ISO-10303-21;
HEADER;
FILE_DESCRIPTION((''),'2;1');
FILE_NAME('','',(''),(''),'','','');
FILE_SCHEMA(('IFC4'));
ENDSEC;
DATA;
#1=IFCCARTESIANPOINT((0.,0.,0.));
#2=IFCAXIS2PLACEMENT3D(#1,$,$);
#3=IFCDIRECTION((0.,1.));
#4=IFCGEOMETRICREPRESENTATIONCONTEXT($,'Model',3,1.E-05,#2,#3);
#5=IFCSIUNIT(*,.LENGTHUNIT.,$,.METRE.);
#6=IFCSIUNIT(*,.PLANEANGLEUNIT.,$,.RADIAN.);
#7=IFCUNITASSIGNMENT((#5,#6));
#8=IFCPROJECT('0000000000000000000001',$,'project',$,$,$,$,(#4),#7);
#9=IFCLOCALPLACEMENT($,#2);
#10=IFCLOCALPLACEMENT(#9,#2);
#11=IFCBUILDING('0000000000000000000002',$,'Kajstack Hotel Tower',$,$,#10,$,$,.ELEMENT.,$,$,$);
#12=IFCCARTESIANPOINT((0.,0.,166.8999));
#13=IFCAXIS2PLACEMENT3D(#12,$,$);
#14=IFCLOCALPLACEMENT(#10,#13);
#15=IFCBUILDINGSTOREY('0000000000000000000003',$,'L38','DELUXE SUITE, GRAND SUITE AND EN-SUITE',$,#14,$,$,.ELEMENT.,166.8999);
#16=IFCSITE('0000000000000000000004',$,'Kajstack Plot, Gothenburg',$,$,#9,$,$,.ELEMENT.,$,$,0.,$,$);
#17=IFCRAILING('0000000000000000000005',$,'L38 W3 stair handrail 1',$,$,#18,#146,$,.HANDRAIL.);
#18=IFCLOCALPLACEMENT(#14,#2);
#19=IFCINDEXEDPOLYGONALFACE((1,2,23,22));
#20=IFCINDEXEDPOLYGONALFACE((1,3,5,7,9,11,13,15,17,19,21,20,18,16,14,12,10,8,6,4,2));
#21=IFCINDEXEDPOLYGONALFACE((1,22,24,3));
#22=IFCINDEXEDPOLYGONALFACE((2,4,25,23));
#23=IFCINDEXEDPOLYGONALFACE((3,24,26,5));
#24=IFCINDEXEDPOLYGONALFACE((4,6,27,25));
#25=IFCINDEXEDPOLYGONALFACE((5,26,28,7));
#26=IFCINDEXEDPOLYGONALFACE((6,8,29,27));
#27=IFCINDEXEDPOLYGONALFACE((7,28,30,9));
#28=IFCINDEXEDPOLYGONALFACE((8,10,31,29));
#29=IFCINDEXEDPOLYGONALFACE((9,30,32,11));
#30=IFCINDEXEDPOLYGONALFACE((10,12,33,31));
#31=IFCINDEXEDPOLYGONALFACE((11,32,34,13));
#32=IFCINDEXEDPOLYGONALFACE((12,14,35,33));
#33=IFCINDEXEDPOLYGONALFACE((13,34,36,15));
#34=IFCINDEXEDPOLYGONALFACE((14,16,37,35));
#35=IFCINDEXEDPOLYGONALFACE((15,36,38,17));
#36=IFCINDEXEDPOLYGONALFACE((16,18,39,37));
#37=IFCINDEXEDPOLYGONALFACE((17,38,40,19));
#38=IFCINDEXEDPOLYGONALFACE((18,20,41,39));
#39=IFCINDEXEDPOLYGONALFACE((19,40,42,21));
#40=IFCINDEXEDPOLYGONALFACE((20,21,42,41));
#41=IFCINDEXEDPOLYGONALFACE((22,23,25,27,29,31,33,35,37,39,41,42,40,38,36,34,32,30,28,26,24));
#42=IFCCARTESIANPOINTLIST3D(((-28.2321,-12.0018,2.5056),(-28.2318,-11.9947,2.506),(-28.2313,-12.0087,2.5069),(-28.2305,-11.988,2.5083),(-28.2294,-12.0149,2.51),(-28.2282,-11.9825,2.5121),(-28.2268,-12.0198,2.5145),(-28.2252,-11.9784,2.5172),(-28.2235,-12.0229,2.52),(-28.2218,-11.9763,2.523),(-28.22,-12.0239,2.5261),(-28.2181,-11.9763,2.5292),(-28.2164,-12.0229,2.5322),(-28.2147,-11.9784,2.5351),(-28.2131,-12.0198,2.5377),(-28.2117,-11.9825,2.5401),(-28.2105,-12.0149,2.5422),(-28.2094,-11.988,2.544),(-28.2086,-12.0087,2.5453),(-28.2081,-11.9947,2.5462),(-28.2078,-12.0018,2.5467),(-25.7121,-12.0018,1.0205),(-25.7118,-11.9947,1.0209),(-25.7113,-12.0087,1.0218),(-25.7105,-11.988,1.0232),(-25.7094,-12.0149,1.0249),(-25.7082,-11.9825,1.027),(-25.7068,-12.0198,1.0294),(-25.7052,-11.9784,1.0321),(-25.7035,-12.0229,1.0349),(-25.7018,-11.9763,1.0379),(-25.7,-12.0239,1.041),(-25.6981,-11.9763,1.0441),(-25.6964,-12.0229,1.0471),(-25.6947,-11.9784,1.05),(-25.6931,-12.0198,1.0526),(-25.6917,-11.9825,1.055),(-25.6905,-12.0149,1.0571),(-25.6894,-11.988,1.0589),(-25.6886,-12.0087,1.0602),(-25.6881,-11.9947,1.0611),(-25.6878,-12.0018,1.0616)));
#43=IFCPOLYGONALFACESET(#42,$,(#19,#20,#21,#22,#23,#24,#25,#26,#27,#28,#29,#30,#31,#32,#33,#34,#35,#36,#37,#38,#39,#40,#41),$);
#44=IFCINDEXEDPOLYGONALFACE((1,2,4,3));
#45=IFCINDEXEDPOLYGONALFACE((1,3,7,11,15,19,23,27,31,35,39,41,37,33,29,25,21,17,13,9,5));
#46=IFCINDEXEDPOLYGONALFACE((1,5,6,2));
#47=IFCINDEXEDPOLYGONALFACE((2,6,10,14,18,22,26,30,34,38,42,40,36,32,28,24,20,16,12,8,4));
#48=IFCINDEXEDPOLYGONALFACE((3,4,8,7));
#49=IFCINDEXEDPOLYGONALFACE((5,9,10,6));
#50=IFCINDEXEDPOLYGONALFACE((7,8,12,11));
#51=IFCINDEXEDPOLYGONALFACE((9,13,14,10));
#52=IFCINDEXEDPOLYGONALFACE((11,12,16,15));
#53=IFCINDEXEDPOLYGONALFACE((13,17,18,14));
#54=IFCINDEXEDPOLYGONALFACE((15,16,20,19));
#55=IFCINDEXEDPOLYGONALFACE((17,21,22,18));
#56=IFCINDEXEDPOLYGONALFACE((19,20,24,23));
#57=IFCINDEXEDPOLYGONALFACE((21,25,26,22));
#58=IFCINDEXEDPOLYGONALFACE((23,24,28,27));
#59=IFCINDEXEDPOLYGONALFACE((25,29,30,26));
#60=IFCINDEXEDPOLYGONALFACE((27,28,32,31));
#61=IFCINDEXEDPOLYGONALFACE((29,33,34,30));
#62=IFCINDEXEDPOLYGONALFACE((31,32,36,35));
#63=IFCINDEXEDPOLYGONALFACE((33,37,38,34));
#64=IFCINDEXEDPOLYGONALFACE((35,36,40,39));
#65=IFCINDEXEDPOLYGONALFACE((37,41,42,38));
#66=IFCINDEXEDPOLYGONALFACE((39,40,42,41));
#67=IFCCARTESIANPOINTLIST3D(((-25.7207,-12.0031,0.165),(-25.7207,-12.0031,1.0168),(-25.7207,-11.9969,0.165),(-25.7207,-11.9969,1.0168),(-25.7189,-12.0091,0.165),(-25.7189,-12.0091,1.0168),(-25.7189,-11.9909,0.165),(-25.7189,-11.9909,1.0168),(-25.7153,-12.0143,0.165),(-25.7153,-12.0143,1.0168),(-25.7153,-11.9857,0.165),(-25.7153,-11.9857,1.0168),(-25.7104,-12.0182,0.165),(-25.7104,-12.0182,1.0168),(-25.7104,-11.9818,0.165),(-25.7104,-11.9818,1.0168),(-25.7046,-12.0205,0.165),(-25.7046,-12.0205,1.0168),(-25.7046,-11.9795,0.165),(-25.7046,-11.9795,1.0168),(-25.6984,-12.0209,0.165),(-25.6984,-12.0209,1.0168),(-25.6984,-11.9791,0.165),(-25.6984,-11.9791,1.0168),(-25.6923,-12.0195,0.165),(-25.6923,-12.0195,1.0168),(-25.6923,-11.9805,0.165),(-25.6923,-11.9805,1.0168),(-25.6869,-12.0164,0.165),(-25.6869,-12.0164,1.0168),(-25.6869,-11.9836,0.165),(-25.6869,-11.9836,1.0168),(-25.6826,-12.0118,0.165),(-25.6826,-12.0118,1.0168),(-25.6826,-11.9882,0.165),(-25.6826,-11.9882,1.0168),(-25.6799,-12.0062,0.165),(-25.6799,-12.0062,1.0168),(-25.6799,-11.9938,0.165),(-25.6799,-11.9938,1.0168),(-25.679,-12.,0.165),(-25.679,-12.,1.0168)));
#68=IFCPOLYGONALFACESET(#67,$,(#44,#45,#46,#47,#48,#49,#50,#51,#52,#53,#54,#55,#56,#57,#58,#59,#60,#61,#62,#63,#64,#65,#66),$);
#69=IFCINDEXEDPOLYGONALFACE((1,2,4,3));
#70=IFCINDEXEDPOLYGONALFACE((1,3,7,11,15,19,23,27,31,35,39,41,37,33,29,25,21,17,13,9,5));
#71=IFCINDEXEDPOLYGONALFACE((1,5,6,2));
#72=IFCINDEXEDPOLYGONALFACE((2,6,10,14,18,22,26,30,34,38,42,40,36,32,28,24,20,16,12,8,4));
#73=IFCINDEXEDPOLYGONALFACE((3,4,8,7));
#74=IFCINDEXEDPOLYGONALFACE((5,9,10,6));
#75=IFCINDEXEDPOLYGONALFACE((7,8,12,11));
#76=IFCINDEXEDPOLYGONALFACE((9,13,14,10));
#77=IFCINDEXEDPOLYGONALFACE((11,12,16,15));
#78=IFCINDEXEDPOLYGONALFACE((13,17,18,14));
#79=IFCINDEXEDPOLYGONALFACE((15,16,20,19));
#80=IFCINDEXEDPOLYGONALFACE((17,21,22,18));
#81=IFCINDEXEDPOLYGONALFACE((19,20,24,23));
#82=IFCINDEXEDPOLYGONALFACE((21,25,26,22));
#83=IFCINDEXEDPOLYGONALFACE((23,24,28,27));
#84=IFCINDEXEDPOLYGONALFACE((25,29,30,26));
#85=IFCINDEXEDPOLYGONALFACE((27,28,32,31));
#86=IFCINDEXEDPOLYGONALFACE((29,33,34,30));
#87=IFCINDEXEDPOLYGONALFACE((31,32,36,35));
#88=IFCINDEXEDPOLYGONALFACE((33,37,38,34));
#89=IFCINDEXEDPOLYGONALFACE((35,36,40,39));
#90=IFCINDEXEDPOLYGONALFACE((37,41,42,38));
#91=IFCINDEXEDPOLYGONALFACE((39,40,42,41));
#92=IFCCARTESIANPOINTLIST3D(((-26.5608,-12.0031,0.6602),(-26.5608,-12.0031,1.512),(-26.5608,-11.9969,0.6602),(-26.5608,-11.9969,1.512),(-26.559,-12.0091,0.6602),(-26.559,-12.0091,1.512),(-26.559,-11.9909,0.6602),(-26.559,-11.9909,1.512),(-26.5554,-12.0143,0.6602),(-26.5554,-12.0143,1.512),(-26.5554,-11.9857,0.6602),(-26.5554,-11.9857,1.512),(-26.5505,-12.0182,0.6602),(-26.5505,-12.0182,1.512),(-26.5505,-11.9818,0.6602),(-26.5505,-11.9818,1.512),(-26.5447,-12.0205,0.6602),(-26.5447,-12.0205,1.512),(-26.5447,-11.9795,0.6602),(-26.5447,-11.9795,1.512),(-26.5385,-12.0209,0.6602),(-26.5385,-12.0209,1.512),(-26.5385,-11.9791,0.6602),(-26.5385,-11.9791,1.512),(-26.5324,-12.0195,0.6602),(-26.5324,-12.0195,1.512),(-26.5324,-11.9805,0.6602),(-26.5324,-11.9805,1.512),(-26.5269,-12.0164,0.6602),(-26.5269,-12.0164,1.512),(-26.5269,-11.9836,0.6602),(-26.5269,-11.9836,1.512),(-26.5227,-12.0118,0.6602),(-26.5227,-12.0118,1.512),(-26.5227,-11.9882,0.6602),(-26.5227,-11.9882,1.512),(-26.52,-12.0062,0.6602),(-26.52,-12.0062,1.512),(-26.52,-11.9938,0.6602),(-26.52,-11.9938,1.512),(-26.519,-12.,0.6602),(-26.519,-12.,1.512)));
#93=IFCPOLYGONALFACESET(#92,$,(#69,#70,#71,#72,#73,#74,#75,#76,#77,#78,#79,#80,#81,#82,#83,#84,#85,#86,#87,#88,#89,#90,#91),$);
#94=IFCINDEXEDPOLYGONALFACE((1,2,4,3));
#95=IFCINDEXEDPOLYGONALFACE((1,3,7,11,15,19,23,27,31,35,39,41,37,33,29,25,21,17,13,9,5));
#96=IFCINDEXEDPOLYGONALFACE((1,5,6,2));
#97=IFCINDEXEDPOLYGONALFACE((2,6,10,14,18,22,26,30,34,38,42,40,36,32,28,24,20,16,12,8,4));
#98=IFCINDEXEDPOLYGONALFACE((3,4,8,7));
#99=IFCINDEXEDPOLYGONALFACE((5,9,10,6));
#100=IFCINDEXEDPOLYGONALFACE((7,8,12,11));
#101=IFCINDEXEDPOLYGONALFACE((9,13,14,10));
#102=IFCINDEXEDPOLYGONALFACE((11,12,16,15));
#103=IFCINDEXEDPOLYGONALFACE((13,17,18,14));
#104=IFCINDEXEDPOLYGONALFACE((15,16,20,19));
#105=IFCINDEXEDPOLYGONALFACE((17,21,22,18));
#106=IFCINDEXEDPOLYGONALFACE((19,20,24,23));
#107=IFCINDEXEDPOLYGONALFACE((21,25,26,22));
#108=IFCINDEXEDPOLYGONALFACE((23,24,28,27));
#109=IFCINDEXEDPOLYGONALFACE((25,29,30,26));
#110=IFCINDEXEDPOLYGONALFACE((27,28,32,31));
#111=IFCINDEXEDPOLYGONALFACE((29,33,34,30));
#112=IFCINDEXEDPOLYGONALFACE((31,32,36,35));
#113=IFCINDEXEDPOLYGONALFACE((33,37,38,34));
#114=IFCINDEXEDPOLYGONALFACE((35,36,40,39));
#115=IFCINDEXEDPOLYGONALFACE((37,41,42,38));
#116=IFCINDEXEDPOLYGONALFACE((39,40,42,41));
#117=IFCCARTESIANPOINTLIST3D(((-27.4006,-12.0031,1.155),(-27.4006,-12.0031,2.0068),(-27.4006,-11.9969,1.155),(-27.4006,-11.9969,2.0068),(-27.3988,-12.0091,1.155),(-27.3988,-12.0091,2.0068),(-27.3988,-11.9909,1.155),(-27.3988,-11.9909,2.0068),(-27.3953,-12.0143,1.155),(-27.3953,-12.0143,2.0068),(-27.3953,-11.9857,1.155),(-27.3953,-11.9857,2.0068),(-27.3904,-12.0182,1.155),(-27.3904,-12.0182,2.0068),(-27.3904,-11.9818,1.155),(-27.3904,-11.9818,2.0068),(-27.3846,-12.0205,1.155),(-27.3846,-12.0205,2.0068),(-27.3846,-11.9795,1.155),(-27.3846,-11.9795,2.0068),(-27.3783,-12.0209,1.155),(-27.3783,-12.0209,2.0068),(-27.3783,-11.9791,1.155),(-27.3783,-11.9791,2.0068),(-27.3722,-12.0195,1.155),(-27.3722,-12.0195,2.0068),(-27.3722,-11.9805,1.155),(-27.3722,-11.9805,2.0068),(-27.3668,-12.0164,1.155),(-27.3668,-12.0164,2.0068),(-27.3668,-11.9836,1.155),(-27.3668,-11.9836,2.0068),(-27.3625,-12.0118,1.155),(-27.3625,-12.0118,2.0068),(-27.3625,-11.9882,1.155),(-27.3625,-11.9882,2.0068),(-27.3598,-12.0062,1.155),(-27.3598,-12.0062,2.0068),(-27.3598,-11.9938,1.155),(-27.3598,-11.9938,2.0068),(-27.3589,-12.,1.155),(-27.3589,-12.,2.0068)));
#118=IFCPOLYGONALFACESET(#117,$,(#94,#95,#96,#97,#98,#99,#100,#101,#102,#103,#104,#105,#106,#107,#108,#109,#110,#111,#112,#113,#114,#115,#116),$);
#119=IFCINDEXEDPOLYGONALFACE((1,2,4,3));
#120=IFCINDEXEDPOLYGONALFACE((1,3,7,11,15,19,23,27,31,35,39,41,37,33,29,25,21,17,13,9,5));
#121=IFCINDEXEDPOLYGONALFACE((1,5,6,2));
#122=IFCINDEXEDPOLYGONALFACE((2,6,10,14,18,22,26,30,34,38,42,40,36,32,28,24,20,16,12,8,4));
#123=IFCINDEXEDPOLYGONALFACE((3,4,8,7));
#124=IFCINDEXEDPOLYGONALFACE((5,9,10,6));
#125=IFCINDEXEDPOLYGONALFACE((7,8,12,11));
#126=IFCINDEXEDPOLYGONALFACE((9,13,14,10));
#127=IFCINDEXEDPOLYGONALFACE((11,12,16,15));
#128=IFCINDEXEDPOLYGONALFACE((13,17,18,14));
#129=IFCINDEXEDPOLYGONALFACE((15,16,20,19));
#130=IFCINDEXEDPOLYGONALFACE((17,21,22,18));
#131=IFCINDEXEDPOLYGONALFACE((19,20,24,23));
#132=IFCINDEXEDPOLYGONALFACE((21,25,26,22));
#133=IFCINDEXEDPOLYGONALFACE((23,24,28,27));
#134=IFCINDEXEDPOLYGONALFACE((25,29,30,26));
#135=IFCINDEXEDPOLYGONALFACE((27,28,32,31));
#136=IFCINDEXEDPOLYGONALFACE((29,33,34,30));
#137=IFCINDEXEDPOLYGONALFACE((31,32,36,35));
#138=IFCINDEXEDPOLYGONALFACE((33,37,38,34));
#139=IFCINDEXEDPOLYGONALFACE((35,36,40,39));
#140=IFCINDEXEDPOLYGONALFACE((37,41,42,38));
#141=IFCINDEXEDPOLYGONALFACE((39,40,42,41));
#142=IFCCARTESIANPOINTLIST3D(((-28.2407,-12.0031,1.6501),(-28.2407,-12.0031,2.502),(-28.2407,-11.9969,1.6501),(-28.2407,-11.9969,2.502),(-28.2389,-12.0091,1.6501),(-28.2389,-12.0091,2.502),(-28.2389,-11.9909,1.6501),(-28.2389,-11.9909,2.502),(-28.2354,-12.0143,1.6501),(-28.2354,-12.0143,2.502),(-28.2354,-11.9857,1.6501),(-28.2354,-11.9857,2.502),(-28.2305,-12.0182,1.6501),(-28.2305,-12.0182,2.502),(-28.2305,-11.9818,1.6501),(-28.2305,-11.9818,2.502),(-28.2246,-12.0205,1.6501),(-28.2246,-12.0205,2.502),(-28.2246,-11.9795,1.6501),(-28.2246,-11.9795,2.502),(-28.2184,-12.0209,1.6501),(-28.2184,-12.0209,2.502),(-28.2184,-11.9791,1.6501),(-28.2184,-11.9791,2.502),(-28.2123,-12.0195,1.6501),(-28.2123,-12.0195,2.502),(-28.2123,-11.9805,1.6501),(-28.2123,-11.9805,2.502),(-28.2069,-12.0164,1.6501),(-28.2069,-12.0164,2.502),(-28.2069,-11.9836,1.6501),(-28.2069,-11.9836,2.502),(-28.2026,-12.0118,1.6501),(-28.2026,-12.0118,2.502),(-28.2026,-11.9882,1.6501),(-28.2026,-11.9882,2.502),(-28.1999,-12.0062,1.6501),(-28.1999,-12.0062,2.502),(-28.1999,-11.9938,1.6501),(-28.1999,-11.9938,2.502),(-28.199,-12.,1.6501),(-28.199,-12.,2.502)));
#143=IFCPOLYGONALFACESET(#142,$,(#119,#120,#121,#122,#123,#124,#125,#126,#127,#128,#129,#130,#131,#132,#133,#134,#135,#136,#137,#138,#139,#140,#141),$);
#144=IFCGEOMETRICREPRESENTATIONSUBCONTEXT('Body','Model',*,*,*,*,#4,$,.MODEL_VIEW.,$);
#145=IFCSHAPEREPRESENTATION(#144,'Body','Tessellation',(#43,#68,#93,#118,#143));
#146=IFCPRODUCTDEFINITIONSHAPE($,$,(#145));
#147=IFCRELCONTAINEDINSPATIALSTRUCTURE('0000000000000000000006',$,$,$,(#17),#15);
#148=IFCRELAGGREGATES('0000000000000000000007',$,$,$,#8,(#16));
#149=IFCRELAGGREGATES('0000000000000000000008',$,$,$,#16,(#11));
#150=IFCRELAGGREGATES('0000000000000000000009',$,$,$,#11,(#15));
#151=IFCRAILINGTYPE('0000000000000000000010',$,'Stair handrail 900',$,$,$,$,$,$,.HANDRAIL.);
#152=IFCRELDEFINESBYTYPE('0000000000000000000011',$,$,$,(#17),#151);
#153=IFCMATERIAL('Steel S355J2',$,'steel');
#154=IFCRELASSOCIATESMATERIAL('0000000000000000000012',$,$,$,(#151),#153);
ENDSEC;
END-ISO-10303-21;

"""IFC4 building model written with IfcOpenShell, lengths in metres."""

from ifc_helpers import new_model, si_unit, direction, frame, origin, origin_2d, place, context, subcontext, project, spatial, circle, extrude, material, type_object, element, save


model = new_model("IFC4")

# Units and contexts
model_context = context("Model", 3, precision=1e-05, world=origin(), true_north=direction((0.0, 1.0)))
body_context = subcontext(model_context, "Body", "Model", "MODEL_VIEW")
ifc_project = project(units=[si_unit("LENGTHUNIT", "METRE"), si_unit("PLANEANGLEUNIT", "RADIAN")], contexts=[model_context])

# Site, building, storey
site_placement = place(None, origin())
site = spatial("IfcSite", under=ifc_project, at=site_placement, Name="Kajstack Plot, Gothenburg", CompositionType="ELEMENT", RefElevation=0.0)
building_placement = place(site_placement, origin())
building = spatial("IfcBuilding", under=site, at=building_placement, Name="Kajstack Hotel Tower", CompositionType="ELEMENT")
storey_placement = place(building_placement, frame((0.0, 0.0, 166.8999)))
storey = spatial("IfcBuildingStorey", under=building, at=storey_placement, Name="L38", Description="DELUXE SUITE, GRAND SUITE AND EN-SUITE", CompositionType="ELEMENT", Elevation=166.8999)

# Railing
ifc_material_1 = material(Name="Steel S355J2", Category="steel")
railing_type_1 = type_object("IfcRailingType", Name="Stair handrail 900", PredefinedType="HANDRAIL", material=ifc_material_1)
railing_1_placement = place(storey_placement, frame((-25.7, -12.0, 0.165)))
element("IfcRailing", 1, at=railing_1_placement, inside=storey, type_object=railing_type_1, Name="L38 W3 stair handrail 1", PredefinedType="HANDRAIL", context=body_context, shape_type="SweptSolid", body=[
    extrude(circle(Radius=0.0239, at=origin_2d()), frame((0.0, 0.0, 0.876), z_axis=(-0.861524, 0.0, 0.507717), x_axis=(0.0, -1.0, 0.0)), (0.0, 0.0, 1.0), 2.925),
    extrude(circle(Radius=0.021, at=origin_2d()), origin(), (0.0, 0.0, 1.0), 0.8518),
    extrude(circle(Radius=0.021, at=origin_2d()), frame((-0.8401, 0.0, 0.4951)), (0.0, 0.0, 1.0), 0.8518),
    extrude(circle(Radius=0.021, at=origin_2d()), frame((-1.6799, 0.0, 0.99)), (0.0, 0.0, 1.0), 0.8518),
    extrude(circle(Radius=0.021, at=origin_2d()), frame((-2.52, 0.0, 1.4851)), (0.0, 0.0, 1.0), 0.8518),
])

save(model, "model.ifc")
